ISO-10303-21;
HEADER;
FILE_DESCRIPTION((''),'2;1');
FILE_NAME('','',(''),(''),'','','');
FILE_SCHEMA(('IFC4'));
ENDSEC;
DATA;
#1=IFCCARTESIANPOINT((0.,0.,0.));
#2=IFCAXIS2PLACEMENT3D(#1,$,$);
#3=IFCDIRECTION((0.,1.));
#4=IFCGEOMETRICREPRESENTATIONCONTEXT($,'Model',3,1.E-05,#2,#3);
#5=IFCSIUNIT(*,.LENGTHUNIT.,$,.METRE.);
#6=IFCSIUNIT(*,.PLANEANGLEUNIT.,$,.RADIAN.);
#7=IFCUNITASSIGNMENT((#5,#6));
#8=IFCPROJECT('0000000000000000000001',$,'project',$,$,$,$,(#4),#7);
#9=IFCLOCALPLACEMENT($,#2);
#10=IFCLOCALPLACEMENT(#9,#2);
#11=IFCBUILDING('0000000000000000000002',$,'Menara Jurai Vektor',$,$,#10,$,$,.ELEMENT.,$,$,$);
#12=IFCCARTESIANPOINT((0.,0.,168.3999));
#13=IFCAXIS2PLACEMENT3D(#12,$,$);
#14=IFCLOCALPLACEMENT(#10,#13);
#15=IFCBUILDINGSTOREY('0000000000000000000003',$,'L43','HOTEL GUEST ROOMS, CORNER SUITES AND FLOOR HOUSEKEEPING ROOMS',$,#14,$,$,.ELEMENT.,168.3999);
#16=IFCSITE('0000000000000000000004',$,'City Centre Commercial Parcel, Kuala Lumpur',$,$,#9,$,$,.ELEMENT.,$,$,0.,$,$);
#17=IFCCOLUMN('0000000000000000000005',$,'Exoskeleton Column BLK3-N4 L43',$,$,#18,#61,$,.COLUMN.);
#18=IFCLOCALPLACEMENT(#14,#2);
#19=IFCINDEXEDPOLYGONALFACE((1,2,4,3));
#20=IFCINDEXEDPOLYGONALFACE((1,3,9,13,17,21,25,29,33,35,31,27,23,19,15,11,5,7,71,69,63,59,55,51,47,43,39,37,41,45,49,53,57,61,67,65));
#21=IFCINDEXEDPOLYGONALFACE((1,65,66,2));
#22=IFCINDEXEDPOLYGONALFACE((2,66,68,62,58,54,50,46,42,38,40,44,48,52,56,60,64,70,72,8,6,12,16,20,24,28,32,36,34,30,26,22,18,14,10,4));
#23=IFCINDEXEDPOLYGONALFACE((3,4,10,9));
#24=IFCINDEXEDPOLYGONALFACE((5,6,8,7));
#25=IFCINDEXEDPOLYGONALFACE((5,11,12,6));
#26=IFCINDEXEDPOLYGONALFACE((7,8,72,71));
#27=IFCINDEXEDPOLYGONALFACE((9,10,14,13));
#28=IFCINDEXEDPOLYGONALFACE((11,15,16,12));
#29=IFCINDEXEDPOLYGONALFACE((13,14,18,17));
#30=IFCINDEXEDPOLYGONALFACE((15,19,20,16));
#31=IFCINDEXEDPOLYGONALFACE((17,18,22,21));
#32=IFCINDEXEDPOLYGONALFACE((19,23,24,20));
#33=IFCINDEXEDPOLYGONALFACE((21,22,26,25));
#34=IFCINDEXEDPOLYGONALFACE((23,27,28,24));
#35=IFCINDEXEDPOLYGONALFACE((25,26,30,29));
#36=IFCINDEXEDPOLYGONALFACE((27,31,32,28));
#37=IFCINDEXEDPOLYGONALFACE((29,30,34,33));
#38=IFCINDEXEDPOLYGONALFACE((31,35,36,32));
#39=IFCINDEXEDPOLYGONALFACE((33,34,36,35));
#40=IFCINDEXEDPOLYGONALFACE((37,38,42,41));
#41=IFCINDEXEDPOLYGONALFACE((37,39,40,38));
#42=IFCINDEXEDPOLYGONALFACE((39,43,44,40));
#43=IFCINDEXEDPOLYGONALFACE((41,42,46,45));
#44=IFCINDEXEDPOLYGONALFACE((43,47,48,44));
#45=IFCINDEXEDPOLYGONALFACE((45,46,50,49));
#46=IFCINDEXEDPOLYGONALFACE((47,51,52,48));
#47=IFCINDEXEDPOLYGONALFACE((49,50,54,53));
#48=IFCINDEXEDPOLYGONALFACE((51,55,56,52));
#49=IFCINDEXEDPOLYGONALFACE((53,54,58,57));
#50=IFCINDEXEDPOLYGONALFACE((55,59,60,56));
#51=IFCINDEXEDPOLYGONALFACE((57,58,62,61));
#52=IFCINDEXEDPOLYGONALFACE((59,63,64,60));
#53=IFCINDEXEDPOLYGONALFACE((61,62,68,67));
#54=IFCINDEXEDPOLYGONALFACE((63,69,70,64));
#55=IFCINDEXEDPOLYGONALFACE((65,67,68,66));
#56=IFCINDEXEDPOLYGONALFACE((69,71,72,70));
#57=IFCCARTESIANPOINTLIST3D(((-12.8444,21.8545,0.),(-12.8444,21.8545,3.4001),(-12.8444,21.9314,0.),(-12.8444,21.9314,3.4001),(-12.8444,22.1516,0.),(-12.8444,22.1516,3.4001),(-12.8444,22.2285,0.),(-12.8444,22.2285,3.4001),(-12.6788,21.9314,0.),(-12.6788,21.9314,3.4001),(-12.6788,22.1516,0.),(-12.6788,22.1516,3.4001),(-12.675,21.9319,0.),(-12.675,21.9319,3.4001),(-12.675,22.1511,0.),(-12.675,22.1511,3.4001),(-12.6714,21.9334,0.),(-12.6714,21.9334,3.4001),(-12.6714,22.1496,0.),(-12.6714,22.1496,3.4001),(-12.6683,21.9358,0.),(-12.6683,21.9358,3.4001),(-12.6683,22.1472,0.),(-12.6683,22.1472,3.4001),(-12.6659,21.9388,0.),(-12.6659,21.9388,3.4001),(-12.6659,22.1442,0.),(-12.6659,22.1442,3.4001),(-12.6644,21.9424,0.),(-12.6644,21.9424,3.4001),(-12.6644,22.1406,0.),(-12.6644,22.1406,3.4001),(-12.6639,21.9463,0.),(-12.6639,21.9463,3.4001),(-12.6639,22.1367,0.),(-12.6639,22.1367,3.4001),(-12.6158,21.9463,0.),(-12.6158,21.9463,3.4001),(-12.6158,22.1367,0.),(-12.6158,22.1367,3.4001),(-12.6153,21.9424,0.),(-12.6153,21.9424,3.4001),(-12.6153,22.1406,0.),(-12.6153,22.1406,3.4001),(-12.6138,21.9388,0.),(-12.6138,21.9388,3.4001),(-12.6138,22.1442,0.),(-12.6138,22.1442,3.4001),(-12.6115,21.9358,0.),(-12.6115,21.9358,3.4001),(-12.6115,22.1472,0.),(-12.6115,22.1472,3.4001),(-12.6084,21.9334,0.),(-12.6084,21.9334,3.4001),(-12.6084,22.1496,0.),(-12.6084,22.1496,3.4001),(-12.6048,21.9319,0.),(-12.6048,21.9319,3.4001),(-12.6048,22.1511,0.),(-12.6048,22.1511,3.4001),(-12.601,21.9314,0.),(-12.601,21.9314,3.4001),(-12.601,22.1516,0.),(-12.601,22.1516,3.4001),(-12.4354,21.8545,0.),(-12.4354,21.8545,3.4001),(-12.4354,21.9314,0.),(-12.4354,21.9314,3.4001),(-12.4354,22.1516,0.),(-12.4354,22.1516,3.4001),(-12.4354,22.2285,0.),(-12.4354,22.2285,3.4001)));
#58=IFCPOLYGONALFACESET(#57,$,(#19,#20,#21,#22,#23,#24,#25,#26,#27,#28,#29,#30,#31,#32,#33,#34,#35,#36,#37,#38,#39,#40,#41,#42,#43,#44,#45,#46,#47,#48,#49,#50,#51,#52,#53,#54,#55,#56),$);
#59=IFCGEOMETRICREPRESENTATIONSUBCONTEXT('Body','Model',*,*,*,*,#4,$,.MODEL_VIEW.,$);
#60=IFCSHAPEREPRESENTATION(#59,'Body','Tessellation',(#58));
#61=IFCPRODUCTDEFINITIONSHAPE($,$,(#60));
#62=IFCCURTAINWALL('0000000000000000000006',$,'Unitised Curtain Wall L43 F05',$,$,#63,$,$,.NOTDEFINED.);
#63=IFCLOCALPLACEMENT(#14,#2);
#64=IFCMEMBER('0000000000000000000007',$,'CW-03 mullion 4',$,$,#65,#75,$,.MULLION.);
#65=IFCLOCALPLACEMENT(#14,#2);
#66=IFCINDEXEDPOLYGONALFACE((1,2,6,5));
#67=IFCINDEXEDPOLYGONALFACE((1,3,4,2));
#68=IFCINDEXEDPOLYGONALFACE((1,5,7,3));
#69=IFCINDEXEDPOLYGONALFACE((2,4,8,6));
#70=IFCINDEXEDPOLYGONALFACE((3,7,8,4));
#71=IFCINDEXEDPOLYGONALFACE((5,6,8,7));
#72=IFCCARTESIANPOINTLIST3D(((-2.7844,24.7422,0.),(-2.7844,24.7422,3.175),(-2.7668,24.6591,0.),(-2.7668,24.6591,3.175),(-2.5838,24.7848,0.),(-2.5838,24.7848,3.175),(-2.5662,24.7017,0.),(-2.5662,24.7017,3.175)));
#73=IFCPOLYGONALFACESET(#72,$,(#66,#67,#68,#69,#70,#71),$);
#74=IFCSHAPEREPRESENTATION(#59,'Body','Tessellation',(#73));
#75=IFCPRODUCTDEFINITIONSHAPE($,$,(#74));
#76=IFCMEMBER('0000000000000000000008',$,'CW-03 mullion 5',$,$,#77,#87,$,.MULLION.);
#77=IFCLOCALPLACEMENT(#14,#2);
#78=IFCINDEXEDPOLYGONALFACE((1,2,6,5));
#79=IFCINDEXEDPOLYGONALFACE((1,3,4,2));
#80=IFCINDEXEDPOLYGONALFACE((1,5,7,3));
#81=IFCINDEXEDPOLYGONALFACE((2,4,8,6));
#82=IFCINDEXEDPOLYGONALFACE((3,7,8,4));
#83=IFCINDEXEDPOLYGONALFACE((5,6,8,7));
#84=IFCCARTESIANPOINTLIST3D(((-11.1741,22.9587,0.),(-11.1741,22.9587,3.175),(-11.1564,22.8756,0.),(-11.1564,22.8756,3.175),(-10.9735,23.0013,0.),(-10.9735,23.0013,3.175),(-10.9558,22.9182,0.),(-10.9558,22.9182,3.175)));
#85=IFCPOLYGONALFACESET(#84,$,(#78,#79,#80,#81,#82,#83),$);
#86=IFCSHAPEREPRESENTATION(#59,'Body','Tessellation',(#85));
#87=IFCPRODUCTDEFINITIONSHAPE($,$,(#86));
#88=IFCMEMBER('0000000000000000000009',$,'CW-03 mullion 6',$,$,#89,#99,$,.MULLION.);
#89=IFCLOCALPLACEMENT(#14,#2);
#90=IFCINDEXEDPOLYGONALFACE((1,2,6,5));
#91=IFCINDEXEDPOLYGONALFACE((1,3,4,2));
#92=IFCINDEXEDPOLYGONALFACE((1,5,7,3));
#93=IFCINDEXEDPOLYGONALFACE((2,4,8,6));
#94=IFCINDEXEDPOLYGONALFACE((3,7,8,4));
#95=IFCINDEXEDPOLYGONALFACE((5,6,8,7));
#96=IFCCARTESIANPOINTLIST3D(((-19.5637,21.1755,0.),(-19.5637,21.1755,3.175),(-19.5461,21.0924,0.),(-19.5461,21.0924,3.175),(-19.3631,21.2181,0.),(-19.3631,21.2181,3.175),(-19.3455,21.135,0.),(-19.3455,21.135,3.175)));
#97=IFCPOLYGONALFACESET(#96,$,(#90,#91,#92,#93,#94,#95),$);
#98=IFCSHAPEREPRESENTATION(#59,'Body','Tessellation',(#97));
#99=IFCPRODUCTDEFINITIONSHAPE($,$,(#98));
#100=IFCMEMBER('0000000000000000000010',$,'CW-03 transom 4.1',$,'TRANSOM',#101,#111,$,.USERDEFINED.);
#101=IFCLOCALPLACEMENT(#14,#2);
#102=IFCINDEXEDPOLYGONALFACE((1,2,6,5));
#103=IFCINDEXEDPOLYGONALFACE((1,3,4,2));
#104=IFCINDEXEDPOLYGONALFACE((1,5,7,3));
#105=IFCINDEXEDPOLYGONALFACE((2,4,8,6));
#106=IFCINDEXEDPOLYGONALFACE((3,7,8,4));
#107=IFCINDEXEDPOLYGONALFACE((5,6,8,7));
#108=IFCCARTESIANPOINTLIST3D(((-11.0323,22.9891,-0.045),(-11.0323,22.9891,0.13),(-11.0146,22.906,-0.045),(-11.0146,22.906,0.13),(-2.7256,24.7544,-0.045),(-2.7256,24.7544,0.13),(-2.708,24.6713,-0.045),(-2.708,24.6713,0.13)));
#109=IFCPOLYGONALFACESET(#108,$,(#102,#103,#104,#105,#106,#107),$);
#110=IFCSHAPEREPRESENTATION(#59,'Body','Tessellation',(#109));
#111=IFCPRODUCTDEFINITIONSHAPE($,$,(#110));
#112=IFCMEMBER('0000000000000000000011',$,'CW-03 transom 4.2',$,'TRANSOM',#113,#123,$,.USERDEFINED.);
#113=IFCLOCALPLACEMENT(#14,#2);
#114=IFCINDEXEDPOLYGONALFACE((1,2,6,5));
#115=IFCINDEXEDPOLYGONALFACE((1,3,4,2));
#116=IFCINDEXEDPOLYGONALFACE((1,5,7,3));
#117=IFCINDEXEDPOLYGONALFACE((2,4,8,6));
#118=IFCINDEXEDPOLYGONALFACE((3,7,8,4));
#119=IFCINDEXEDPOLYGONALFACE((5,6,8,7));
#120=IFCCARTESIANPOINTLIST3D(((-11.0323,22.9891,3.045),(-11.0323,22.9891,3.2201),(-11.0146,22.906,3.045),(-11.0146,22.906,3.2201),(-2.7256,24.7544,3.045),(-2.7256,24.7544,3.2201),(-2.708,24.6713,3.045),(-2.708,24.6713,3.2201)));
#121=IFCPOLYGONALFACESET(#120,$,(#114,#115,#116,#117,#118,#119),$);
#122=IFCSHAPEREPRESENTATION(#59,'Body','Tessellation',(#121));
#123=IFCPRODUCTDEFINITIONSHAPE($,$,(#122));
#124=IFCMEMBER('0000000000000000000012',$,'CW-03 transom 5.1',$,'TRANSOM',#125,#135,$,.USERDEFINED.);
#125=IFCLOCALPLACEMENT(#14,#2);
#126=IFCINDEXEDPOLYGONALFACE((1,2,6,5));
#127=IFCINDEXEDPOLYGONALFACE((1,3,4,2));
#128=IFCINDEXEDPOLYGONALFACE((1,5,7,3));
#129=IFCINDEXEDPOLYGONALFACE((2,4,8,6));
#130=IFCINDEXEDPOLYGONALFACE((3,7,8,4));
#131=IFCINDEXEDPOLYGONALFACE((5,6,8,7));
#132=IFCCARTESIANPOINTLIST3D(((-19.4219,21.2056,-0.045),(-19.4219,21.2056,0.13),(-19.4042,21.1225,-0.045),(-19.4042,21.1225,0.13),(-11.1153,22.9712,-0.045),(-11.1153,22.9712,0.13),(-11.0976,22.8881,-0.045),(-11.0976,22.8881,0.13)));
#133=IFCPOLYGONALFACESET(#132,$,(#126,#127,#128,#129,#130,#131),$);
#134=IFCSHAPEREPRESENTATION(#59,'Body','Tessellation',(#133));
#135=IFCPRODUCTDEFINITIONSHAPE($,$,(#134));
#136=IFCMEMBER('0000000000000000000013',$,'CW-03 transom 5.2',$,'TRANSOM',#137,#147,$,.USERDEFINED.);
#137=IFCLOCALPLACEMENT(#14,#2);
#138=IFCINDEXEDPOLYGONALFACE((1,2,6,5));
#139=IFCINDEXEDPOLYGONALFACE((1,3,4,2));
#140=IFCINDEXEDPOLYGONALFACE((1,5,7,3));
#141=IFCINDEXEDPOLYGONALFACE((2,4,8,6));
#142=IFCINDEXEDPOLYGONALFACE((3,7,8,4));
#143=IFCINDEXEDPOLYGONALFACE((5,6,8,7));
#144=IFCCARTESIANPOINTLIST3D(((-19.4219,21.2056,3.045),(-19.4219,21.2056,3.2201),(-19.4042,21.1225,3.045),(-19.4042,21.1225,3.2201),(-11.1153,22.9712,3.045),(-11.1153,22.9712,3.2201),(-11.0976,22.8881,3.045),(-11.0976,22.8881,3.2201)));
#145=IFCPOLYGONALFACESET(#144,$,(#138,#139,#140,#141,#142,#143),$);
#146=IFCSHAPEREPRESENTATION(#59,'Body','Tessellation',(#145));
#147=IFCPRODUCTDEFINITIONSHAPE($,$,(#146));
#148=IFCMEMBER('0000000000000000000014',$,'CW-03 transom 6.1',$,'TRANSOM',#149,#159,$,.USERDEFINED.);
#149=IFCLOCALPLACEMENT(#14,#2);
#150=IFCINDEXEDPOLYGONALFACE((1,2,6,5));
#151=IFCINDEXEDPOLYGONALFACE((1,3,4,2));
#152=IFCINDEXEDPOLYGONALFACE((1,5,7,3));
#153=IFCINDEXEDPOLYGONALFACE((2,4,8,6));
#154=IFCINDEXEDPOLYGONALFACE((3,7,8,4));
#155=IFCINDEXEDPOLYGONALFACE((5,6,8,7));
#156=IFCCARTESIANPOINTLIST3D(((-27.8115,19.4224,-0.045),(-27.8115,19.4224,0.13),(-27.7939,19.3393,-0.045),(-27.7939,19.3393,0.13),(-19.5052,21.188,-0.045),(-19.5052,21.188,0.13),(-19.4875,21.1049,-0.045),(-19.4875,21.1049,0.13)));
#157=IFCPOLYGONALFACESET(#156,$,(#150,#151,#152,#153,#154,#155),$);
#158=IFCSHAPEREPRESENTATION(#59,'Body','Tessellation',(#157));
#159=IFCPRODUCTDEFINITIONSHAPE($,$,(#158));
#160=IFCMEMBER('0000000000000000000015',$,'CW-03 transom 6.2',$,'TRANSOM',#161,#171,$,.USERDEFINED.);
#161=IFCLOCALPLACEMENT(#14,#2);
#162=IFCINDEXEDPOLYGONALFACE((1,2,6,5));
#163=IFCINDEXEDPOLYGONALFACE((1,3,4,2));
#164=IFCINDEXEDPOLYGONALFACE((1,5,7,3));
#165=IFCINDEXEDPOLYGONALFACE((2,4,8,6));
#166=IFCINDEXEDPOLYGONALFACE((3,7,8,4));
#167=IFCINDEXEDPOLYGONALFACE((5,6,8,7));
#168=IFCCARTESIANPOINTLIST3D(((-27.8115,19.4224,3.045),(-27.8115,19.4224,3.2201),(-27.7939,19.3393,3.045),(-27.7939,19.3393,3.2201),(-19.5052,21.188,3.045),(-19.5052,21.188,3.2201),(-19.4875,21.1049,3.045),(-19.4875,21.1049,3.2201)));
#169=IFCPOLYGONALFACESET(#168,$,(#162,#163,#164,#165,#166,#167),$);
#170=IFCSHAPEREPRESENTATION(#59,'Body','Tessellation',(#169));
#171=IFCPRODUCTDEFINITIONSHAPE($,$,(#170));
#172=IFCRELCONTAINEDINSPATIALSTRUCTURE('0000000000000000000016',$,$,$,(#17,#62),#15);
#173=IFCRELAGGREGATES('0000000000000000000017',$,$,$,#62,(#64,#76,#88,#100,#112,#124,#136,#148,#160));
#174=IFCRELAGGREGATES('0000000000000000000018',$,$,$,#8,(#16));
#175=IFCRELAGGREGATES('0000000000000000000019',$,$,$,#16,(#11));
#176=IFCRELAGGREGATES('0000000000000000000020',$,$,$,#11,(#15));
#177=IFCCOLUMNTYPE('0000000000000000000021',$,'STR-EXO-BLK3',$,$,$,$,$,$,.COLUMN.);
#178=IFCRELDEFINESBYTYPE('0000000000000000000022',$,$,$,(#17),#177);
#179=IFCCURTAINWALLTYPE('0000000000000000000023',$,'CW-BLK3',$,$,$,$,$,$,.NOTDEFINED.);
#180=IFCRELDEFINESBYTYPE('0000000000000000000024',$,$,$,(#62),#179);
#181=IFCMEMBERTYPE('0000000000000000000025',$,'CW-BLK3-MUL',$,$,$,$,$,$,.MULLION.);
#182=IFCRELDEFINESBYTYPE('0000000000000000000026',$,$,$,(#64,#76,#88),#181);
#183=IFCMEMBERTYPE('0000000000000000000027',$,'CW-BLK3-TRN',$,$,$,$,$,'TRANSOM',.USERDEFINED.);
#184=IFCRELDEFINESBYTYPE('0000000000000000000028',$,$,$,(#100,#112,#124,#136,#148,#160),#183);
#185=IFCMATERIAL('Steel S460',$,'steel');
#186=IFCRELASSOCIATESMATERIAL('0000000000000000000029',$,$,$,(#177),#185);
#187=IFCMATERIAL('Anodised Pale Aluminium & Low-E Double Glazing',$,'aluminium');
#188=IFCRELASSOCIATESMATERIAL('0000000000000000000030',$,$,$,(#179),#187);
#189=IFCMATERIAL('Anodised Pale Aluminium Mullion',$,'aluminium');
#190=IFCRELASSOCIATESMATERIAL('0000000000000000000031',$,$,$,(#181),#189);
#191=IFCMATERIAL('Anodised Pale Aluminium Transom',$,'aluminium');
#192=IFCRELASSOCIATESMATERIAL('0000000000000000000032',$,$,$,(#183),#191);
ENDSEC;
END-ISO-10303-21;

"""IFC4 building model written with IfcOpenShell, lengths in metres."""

from ifc_helpers import new_model, si_unit, direction, frame, origin, origin_2d, place, context, subcontext, project, spatial, rectangle, i_section, extrude, material, material_profile, profile_set, type_object, element, aggregate, save


model = new_model("IFC4")

# Units and contexts
model_context = context("Model", 3, precision=1e-05, world=origin(), true_north=direction((0.0, 1.0)))
body_context = subcontext(model_context, "Body", "Model", "MODEL_VIEW")
ifc_project = project(units=[si_unit("LENGTHUNIT", "METRE"), si_unit("PLANEANGLEUNIT", "RADIAN")], contexts=[model_context])

# Site, building, storey
site_placement = place(None, origin())
site = spatial("IfcSite", under=ifc_project, at=site_placement, Name="City Centre Commercial Parcel, Kuala Lumpur", CompositionType="ELEMENT", RefElevation=0.0)
building_placement = place(site_placement, origin())
building = spatial("IfcBuilding", under=site, at=building_placement, Name="Menara Jurai Vektor", CompositionType="ELEMENT")
storey_placement = place(building_placement, frame((0.0, 0.0, 168.3999)))
storey = spatial("IfcBuildingStorey", under=building, at=storey_placement, Name="L43", Description="HOTEL GUEST ROOMS, CORNER SUITES AND FLOOR HOUSEKEEPING ROOMS", CompositionType="ELEMENT", Elevation=168.3999)

# Column
ifc_material_1 = material(Name="Steel S460", Category="steel")
ifc_material_profile_1 = material_profile(ifc_material_1, i_section(OverallWidth=0.4089, OverallDepth=0.374, WebThickness=0.0481, FlangeThickness=0.0769, FilletRadius=0.0149, at=origin_2d()), Name="HD 400x634")
ifc_profile_set_1 = profile_set([ifc_material_profile_1], Name="Steel S460")
column_type = type_object("IfcColumnType", Name="STR-EXO-BLK3", PredefinedType="COLUMN", material=ifc_profile_set_1)
column_placement = place(storey_placement, frame((-12.6399, 22.0415, 0.0), z_axis=(0.0, 0.0, 1.0), x_axis=(1.0, 0.0, 0.0)))
element("IfcColumn", 1, at=column_placement, inside=storey, type_object=column_type, Name="Exoskeleton Column BLK3-N4 L43", PredefinedType="COLUMN", context=body_context, shape_type="SweptSolid", body=[
    extrude(i_section(OverallWidth=0.4089, OverallDepth=0.374, WebThickness=0.0481, FlangeThickness=0.0769, FilletRadius=0.0149, at=origin_2d()), origin(), (0.0, 0.0, 1.0), 3.4001),
])

# Curtain wall, members
ifc_material_2 = material(Name="Anodised Pale Aluminium & Low-E Double Glazing", Category="aluminium")
curtain_wall_type = type_object("IfcCurtainWallType", Name="CW-BLK3", PredefinedType="NOTDEFINED", material=ifc_material_2)
curtain_wall_placement = place(storey_placement, origin())
curtain_wall = element("IfcCurtainWall", 2, at=curtain_wall_placement, inside=storey, type_object=curtain_wall_type, Name="Unitised Curtain Wall L43 F05", PredefinedType="NOTDEFINED")
ifc_material_3 = material(Name="Anodised Pale Aluminium Mullion", Category="aluminium")
ifc_material_profile_2 = material_profile(ifc_material_3, rectangle(XDim=0.085, YDim=0.2051, at=origin_2d()), Name="ALU MUL 85x205")
ifc_profile_set_2 = profile_set([ifc_material_profile_2], Name="Anodised Pale Aluminium Mullion")
member_type_1 = type_object("IfcMemberType", Name="CW-BLK3-MUL", PredefinedType="MULLION", material=ifc_profile_set_2)
member_1_placement = place(storey_placement, frame((-2.6753, 24.7219, 0.0), z_axis=(0.0, 0.0, 1.0), x_axis=(0.207911, -0.978148, 0.0)))
member_1 = element("IfcMember", 3, at=member_1_placement, type_object=member_type_1, Name="CW-03 mullion 4", PredefinedType="MULLION", context=body_context, shape_type="SweptSolid", body=[
    extrude(rectangle(XDim=0.085, YDim=0.2051, at=origin_2d()), origin(), (0.0, 0.0, 1.0), 3.175),
])
member_2_placement = place(storey_placement, frame((-11.0649, 22.9385, 0.0), z_axis=(0.0, 0.0, 1.0), x_axis=(0.207911, -0.978148, 0.0)))
member_2 = element("IfcMember", 4, at=member_2_placement, type_object=member_type_1, Name="CW-03 mullion 5", PredefinedType="MULLION", context=body_context, shape_type="SweptSolid", body=[
    extrude(rectangle(XDim=0.085, YDim=0.2051, at=origin_2d()), origin(), (0.0, 0.0, 1.0), 3.175),
])
member_3_placement = place(storey_placement, frame((-19.4546, 21.1553, 0.0), z_axis=(0.0, 0.0, 1.0), x_axis=(0.207911, -0.978148, 0.0)))
member_3 = element("IfcMember", 5, at=member_3_placement, type_object=member_type_1, Name="CW-03 mullion 6", PredefinedType="MULLION", context=body_context, shape_type="SweptSolid", body=[
    extrude(rectangle(XDim=0.085, YDim=0.2051, at=origin_2d()), origin(), (0.0, 0.0, 1.0), 3.175),
])
ifc_material_4 = material(Name="Anodised Pale Aluminium Transom", Category="aluminium")
ifc_material_profile_3 = material_profile(ifc_material_4, rectangle(XDim=0.085, YDim=0.175, at=origin_2d()), Name="ALU TRN 85x175")
ifc_profile_set_3 = profile_set([ifc_material_profile_3], Name="Anodised Pale Aluminium Transom")
member_type_2 = type_object("IfcMemberType", Name="CW-BLK3-TRN", ElementType="TRANSOM", PredefinedType="USERDEFINED", material=ifc_profile_set_3)
member_4_placement = place(storey_placement, frame((-2.7168, 24.7129, 0.0425), z_axis=(-0.978154, -0.207884, 0.0), x_axis=(0.207884, -0.978154, 0.0)))
member_4 = element("IfcMember", 6, at=member_4_placement, type_object=member_type_2, Name="CW-03 transom 4.1", ObjectType="TRANSOM", PredefinedType="USERDEFINED", context=body_context, shape_type="SweptSolid", body=[
    extrude(rectangle(XDim=0.085, YDim=0.175, at=origin_2d()), origin(), (0.0, 0.0, 1.0), 8.4922),
])
member_5_placement = place(storey_placement, frame((-2.7168, 24.7129, 3.1326), z_axis=(-0.978154, -0.207884, 0.0), x_axis=(0.207884, -0.978154, 0.0)))
member_5 = element("IfcMember", 7, at=member_5_placement, type_object=member_type_2, Name="CW-03 transom 4.2", ObjectType="TRANSOM", PredefinedType="USERDEFINED", context=body_context, shape_type="SweptSolid", body=[
    extrude(rectangle(XDim=0.085, YDim=0.175, at=origin_2d()), origin(), (0.0, 0.0, 1.0), 8.4922),
])
member_6_placement = place(storey_placement, frame((-11.1064, 22.9297, 0.0425), z_axis=(-0.978148, -0.207911, 0.0), x_axis=(0.207911, -0.978148, 0.0)))
member_6 = element("IfcMember", 8, at=member_6_placement, type_object=member_type_2, Name="CW-03 transom 5.1", ObjectType="TRANSOM", PredefinedType="USERDEFINED", context=body_context, shape_type="SweptSolid", body=[
    extrude(rectangle(XDim=0.085, YDim=0.175, at=origin_2d()), origin(), (0.0, 0.0, 1.0), 8.4922),
])
member_7_placement = place(storey_placement, frame((-11.1064, 22.9297, 3.1326), z_axis=(-0.978148, -0.207911, 0.0), x_axis=(0.207911, -0.978148, 0.0)))
member_7 = element("IfcMember", 9, at=member_7_placement, type_object=member_type_2, Name="CW-03 transom 5.2", ObjectType="TRANSOM", PredefinedType="USERDEFINED", context=body_context, shape_type="SweptSolid", body=[
    extrude(rectangle(XDim=0.085, YDim=0.175, at=origin_2d()), origin(), (0.0, 0.0, 1.0), 8.4922),
])
member_8_placement = place(storey_placement, frame((-19.4963, 21.1465, 0.0425), z_axis=(-0.978147, -0.207917, 0.0), x_axis=(0.207917, -0.978147, 0.0)))
member_8 = element("IfcMember", 10, at=member_8_placement, type_object=member_type_2, Name="CW-03 transom 6.1", ObjectType="TRANSOM", PredefinedType="USERDEFINED", context=body_context, shape_type="SweptSolid", body=[
    extrude(rectangle(XDim=0.085, YDim=0.175, at=origin_2d()), origin(), (0.0, 0.0, 1.0), 8.4919),
])
member_9_placement = place(storey_placement, frame((-19.4963, 21.1465, 3.1326), z_axis=(-0.978147, -0.207917, 0.0), x_axis=(0.207917, -0.978147, 0.0)))
member_9 = element("IfcMember", 11, at=member_9_placement, type_object=member_type_2, Name="CW-03 transom 6.2", ObjectType="TRANSOM", PredefinedType="USERDEFINED", context=body_context, shape_type="SweptSolid", body=[
    extrude(rectangle(XDim=0.085, YDim=0.175, at=origin_2d()), origin(), (0.0, 0.0, 1.0), 8.4919),
])

aggregate(curtain_wall, [member_1, member_2, member_3, member_4, member_5, member_6, member_7, member_8, member_9])

save(model, "model.ifc")
